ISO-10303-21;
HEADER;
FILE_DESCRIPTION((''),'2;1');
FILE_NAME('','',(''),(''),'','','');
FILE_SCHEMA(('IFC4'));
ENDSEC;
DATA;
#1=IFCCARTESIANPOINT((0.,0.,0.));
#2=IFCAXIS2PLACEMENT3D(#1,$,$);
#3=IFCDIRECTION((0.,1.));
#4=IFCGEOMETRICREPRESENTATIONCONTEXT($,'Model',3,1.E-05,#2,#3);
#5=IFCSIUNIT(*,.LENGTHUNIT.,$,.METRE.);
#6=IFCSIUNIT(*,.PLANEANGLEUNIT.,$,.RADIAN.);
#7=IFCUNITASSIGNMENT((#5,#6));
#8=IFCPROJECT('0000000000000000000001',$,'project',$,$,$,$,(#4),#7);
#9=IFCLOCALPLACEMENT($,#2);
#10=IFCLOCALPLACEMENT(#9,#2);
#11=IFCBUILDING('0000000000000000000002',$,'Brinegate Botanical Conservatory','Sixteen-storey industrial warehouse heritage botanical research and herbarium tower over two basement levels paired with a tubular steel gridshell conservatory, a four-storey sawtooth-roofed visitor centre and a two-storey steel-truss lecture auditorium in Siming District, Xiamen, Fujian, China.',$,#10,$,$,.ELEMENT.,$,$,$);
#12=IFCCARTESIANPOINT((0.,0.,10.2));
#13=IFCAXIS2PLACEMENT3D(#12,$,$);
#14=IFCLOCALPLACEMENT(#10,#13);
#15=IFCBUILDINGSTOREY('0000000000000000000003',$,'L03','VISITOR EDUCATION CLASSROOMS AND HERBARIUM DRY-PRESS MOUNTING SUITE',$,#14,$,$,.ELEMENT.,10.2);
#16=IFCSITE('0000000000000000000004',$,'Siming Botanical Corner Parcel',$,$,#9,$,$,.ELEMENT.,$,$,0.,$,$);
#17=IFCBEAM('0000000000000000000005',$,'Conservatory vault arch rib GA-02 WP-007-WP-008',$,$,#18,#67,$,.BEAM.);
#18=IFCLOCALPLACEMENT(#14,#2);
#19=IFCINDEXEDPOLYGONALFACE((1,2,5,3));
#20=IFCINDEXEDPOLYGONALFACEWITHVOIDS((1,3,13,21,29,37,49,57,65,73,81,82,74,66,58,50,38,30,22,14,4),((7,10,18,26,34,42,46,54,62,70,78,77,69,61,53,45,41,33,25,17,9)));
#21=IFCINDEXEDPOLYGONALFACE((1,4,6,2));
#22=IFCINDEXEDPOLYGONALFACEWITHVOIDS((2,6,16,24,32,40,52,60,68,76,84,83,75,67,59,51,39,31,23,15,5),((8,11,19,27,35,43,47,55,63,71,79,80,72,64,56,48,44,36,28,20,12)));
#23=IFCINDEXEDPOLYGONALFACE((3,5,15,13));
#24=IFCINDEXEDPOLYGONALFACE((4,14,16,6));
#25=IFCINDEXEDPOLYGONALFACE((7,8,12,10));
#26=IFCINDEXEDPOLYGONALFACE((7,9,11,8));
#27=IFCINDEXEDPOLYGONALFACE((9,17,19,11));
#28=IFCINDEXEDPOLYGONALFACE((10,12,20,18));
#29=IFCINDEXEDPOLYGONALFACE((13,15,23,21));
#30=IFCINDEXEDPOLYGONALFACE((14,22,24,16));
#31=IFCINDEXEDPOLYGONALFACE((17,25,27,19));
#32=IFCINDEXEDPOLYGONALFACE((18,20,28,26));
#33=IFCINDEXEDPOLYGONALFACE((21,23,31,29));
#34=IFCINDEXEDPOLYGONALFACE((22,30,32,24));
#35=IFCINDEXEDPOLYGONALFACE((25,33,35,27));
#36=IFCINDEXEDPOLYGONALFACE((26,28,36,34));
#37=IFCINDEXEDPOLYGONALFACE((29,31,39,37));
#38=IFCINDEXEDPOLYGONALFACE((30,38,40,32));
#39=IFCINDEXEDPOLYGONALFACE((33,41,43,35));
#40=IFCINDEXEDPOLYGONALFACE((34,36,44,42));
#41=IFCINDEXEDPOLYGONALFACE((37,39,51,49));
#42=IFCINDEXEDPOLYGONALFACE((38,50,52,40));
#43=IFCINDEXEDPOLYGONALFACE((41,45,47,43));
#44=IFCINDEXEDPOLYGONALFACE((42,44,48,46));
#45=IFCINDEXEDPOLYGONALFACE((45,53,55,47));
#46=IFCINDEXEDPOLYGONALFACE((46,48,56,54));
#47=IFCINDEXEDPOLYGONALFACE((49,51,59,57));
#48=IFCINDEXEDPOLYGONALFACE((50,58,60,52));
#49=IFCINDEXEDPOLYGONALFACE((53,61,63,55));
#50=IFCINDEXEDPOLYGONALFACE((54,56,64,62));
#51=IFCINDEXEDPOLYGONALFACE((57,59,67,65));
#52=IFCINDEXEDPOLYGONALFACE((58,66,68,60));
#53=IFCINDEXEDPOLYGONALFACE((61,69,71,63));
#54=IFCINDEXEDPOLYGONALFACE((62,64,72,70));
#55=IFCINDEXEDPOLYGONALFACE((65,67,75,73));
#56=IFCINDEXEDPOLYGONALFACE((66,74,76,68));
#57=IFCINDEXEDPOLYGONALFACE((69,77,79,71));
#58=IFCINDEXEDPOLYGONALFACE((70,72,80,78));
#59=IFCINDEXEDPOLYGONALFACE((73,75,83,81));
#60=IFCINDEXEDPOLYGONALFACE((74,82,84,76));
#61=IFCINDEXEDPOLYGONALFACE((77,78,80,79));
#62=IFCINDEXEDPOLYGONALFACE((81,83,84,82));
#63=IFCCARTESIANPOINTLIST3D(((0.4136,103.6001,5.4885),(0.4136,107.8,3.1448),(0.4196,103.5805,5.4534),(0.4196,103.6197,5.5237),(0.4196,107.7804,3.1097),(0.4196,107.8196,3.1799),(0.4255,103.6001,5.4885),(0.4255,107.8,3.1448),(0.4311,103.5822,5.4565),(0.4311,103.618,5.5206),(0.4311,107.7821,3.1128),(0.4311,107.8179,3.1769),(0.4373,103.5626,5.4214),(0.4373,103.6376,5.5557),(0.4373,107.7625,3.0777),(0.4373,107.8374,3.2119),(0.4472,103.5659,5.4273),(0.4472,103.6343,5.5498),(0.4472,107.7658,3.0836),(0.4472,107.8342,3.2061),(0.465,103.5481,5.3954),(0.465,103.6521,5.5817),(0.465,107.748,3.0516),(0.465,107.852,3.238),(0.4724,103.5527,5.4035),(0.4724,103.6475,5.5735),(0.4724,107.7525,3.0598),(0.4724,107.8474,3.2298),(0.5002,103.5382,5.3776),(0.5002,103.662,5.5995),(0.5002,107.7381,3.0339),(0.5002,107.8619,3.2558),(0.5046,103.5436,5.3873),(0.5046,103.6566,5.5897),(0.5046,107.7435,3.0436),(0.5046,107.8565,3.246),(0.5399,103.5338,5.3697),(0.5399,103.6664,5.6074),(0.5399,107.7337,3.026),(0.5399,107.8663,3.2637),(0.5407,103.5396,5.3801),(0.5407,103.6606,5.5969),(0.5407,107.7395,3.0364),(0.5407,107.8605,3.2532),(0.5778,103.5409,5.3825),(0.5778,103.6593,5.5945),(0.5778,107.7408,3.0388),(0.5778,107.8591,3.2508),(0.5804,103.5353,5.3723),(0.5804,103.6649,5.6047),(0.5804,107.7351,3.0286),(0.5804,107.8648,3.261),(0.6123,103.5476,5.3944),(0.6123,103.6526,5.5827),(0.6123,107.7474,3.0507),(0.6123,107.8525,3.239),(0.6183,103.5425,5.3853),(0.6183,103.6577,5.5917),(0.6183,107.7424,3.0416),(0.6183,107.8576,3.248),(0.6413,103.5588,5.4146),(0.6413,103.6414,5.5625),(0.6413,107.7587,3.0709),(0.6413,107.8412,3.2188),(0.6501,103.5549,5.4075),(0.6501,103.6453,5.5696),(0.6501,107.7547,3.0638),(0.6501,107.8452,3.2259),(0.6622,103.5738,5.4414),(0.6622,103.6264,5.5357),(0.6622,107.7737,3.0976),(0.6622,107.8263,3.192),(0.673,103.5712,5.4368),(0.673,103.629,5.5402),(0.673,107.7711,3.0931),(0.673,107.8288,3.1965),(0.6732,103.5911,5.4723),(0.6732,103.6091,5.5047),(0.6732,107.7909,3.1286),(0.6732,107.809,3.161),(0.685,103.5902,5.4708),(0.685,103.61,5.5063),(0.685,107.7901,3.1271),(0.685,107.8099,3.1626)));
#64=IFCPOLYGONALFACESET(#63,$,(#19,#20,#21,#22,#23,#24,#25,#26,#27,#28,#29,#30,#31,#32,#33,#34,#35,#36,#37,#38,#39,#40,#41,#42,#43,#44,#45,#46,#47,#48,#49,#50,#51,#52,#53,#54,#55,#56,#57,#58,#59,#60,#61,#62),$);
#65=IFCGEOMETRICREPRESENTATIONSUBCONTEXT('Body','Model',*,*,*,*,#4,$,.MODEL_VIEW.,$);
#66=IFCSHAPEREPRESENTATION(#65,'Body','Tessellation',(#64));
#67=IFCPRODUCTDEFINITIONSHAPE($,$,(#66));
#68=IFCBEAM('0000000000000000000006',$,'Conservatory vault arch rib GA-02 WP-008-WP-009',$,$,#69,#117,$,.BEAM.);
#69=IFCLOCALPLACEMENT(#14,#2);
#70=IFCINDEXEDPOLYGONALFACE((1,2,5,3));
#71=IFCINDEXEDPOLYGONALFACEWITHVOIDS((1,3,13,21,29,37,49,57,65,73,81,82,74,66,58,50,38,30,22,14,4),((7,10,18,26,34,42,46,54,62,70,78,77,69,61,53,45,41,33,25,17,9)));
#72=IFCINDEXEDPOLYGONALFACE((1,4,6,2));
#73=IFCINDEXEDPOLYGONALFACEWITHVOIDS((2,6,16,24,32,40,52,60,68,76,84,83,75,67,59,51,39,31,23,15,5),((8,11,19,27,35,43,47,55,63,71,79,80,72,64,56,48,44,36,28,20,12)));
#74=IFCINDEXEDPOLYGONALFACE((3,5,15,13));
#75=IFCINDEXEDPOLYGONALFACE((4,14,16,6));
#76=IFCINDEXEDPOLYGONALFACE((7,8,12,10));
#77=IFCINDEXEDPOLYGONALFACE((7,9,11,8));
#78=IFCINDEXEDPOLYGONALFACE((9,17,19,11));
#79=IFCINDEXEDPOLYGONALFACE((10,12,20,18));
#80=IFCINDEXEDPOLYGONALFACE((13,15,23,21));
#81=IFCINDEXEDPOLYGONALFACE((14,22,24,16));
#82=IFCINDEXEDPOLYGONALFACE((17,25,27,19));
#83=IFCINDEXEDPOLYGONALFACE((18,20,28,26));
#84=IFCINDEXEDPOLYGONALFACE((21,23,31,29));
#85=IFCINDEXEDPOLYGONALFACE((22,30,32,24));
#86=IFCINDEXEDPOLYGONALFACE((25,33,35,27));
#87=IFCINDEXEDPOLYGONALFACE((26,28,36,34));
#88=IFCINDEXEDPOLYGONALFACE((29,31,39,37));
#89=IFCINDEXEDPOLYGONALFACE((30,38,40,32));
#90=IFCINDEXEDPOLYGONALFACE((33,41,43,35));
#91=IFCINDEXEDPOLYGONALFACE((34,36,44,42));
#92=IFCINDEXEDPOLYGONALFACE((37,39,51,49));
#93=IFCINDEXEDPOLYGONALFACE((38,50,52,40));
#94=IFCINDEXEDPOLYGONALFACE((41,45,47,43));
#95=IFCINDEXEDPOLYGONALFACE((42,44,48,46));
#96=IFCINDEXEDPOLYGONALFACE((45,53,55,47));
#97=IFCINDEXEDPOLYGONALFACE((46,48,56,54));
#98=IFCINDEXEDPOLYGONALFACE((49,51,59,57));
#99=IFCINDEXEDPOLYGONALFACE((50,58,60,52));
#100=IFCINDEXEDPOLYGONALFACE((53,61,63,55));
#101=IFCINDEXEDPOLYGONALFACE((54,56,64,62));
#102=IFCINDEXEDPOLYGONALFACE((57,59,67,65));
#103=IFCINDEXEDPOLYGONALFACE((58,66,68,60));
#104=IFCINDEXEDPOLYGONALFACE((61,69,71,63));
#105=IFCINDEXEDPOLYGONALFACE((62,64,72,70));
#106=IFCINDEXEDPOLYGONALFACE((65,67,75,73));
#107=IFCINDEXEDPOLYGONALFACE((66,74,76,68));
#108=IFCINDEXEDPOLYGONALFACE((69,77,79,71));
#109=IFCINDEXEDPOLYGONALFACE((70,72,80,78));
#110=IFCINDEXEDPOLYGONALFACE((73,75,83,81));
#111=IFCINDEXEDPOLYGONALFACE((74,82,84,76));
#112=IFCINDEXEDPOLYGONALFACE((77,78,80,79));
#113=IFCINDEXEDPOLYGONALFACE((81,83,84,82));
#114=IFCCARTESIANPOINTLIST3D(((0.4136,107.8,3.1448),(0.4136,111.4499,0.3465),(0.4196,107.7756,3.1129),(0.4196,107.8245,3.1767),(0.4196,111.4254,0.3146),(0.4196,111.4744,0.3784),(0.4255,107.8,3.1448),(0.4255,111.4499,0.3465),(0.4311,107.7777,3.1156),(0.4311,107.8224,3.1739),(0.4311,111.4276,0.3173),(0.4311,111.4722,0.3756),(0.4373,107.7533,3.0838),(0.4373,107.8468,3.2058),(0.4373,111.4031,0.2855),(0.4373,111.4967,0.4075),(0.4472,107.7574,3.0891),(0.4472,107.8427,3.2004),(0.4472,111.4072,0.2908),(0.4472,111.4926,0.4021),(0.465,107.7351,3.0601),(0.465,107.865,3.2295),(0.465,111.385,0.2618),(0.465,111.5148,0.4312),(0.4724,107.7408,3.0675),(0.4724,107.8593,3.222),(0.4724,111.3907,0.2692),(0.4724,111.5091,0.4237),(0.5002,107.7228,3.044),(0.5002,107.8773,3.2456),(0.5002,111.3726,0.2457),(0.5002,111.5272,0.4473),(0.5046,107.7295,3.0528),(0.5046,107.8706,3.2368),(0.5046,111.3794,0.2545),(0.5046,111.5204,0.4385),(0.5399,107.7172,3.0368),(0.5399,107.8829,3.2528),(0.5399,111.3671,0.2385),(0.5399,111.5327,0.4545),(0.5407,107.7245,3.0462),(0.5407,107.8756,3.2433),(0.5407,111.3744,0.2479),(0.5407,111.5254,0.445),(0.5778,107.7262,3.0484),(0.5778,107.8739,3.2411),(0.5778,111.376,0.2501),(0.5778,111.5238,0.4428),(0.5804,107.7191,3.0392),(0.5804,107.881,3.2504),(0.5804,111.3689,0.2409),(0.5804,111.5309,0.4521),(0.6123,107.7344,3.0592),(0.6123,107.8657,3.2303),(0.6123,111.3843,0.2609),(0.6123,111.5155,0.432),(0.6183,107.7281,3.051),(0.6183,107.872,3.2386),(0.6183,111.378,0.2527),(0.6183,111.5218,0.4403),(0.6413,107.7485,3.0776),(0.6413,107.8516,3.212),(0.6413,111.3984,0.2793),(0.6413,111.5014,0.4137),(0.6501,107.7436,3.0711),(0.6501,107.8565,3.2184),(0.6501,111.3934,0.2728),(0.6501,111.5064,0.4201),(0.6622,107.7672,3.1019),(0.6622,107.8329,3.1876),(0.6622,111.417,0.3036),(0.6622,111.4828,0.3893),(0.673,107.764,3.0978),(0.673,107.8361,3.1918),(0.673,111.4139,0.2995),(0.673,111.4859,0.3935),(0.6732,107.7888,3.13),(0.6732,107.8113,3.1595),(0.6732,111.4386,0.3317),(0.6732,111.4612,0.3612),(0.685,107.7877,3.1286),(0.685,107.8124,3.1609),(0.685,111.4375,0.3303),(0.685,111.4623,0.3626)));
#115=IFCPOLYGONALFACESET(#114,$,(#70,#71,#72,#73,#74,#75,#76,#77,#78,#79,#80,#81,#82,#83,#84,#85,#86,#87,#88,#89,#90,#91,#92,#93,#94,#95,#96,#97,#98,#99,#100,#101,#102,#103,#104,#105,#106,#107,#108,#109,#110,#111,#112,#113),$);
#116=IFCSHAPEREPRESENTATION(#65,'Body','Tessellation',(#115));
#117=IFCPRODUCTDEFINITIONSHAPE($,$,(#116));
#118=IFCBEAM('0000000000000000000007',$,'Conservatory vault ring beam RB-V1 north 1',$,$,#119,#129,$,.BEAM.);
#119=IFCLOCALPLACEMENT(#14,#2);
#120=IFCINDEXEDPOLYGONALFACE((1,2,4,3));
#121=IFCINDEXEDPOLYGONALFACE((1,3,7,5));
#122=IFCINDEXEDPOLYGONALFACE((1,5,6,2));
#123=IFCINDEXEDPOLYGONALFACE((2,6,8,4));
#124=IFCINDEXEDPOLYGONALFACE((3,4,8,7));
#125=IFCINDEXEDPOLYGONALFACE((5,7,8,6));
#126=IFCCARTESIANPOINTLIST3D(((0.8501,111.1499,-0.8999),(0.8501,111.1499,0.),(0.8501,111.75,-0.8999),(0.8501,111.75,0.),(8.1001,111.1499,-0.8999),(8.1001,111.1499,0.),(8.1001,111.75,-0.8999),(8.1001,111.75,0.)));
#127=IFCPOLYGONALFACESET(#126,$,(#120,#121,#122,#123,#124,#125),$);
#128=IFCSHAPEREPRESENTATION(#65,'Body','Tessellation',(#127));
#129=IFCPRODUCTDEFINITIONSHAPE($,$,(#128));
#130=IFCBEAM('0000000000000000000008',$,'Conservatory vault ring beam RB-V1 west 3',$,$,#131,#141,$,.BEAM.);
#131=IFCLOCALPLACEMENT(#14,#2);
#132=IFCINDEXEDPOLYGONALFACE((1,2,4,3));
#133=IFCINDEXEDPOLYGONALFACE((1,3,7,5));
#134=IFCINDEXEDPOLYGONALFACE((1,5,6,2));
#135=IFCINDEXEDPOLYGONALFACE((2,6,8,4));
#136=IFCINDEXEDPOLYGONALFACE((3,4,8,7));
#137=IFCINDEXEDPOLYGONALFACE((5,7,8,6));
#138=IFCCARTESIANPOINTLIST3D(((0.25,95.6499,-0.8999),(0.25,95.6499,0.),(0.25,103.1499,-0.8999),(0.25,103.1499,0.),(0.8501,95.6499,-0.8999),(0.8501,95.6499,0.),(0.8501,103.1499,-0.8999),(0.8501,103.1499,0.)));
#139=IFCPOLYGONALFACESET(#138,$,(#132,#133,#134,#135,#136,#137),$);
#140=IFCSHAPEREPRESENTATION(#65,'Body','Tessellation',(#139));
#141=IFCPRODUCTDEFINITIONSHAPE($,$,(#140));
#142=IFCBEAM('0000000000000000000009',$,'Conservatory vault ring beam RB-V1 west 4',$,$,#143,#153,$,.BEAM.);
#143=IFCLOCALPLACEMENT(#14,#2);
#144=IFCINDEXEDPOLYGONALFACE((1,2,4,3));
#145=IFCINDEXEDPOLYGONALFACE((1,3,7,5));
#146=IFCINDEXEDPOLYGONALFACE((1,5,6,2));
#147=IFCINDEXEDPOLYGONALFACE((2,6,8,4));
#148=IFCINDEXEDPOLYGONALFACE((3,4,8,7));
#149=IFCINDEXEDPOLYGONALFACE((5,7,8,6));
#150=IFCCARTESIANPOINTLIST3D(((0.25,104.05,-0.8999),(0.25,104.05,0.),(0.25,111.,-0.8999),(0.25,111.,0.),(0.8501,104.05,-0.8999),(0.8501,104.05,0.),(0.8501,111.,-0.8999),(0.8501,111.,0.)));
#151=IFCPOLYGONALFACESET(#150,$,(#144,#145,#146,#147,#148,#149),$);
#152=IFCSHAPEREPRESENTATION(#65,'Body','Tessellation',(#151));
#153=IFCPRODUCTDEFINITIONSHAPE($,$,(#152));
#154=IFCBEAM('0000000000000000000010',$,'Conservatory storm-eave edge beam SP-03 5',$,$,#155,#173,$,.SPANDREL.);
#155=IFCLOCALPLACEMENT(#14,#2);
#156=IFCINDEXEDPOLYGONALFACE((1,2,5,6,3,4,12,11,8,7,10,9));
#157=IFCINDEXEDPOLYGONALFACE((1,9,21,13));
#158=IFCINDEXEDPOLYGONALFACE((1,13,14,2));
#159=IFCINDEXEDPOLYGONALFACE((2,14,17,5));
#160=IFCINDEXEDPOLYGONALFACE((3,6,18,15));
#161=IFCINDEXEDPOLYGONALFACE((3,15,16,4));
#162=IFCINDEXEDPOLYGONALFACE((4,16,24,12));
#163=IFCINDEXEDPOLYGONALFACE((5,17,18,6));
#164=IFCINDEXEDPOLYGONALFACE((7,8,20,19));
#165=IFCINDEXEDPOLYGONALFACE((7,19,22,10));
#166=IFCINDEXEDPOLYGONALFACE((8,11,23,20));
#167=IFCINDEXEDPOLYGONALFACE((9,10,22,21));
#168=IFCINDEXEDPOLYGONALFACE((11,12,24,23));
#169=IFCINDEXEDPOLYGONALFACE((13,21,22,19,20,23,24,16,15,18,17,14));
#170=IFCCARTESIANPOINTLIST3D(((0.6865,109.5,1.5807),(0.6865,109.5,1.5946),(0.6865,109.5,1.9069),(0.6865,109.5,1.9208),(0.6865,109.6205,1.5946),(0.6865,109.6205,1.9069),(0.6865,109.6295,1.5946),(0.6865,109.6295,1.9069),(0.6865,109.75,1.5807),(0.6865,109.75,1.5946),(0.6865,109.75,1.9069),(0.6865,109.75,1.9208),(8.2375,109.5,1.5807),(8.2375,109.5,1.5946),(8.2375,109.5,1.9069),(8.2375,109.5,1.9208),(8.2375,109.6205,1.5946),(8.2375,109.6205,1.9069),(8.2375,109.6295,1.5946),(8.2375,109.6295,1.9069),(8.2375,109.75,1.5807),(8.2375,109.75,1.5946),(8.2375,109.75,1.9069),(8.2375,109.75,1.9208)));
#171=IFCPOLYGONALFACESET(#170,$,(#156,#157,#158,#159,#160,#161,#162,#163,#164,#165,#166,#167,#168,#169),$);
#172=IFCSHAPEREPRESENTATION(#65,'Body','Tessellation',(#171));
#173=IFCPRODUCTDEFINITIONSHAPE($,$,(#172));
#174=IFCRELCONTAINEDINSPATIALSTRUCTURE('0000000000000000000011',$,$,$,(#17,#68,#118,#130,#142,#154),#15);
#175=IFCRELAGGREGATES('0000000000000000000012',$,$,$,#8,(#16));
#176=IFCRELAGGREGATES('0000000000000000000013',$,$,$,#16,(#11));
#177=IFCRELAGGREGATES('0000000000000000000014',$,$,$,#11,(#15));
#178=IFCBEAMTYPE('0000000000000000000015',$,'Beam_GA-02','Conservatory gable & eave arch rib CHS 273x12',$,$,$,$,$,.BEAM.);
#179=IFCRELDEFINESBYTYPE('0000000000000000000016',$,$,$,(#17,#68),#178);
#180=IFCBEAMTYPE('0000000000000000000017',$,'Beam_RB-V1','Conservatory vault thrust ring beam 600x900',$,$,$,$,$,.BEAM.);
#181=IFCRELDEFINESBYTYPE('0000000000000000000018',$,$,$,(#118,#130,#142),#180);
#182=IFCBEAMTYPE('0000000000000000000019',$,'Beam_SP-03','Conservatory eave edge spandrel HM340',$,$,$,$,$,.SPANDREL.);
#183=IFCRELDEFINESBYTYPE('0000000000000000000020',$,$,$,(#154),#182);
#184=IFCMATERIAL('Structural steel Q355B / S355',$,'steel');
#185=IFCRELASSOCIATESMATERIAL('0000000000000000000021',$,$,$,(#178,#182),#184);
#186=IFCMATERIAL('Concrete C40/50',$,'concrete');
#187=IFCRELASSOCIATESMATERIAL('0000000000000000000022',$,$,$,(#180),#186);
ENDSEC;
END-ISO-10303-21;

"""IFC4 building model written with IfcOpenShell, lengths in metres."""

from ifc_helpers import new_model, si_unit, direction, frame, origin, origin_2d, place, context, subcontext, project, spatial, rectangle, hollow_circle, i_section, extrude, material, material_profile, profile_set, type_object, element, save


model = new_model("IFC4")

# Units and contexts
model_context = context("Model", 3, precision=1e-05, world=origin(), true_north=direction((0.0, 1.0)))
body_context = subcontext(model_context, "Body", "Model", "MODEL_VIEW")
ifc_project = project(units=[si_unit("LENGTHUNIT", "METRE"), si_unit("PLANEANGLEUNIT", "RADIAN")], contexts=[model_context])

# Site, building, storey
site_placement = place(None, origin())
site = spatial("IfcSite", under=ifc_project, at=site_placement, Name="Siming Botanical Corner Parcel", CompositionType="ELEMENT", RefElevation=0.0)
building_placement = place(site_placement, origin())
building = spatial("IfcBuilding", under=site, at=building_placement, Name="Brinegate Botanical Conservatory", Description="Sixteen-storey industrial warehouse heritage botanical research and herbarium tower over two basement levels paired with a tubular steel gridshell conservatory, a four-storey sawtooth-roofed visitor centre and a two-storey steel-truss lecture auditorium in Siming District, Xiamen, Fujian, China.", CompositionType="ELEMENT")
storey_placement = place(building_placement, frame((0.0, 0.0, 10.2)))
storey = spatial("IfcBuildingStorey", under=building, at=storey_placement, Name="L03", Description="VISITOR EDUCATION CLASSROOMS AND HERBARIUM DRY-PRESS MOUNTING SUITE", CompositionType="ELEMENT", Elevation=10.2)

# Beams
ifc_material_1 = material(Name="Structural steel Q355B / S355", Category="steel")
ifc_material_profile_1 = material_profile(ifc_material_1, hollow_circle(Radius=0.1365, WallThickness=0.012, at=origin_2d()), Name="CHS 273x12")
ifc_profile_set_1 = profile_set([ifc_material_profile_1], Name="Structural steel Q355B / S355")
beam_type_1 = type_object("IfcBeamType", Name="Beam_GA-02", Description="Conservatory gable & eave arch rib CHS 273x12", PredefinedType="BEAM", material=ifc_profile_set_1)
beam_1_placement = place(storey_placement, frame((0.55, 103.6001, 5.4885), z_axis=(0.0, 0.873234, -0.487301), x_axis=(-1.0, 0.0, 0.0)))
element("IfcBeam", 1, at=beam_1_placement, inside=storey, type_object=beam_type_1, Name="Conservatory vault arch rib GA-02 WP-007-WP-008", PredefinedType="BEAM", context=body_context, shape_type="SweptSolid", body=[
    extrude(hollow_circle(Radius=0.1365, WallThickness=0.012, at=origin_2d()), origin(), (0.0, 0.0, 1.0), 4.8096),
])
beam_2_placement = place(storey_placement, frame((0.55, 107.8, 3.1448), z_axis=(0.0, 0.793598, -0.608443), x_axis=(-1.0, 0.0, 0.0)))
element("IfcBeam", 2, at=beam_2_placement, inside=storey, type_object=beam_type_1, Name="Conservatory vault arch rib GA-02 WP-008-WP-009", PredefinedType="BEAM", context=body_context, shape_type="SweptSolid", body=[
    extrude(hollow_circle(Radius=0.1365, WallThickness=0.012, at=origin_2d()), origin(), (0.0, 0.0, 1.0), 4.5991),
])
ifc_material_2 = material(Name="Concrete C40/50", Category="concrete")
ifc_material_profile_2 = material_profile(ifc_material_2, rectangle(XDim=0.6001, YDim=0.8999, at=origin_2d()), Name="RC RB 600x900")
ifc_profile_set_2 = profile_set([ifc_material_profile_2], Name="Concrete C40/50")
beam_type_2 = type_object("IfcBeamType", Name="Beam_RB-V1", Description="Conservatory vault thrust ring beam 600x900", PredefinedType="BEAM", material=ifc_profile_set_2)
beam_3_placement = place(storey_placement, frame((0.8501, 111.45, -0.45), z_axis=(1.0, 0.0, 0.0), x_axis=(0.0, 1.0, 0.0)))
element("IfcBeam", 3, at=beam_3_placement, inside=storey, type_object=beam_type_2, Name="Conservatory vault ring beam RB-V1 north 1", PredefinedType="BEAM", context=body_context, shape_type="SweptSolid", body=[
    extrude(rectangle(XDim=0.6001, YDim=0.8999, at=origin_2d()), origin(), (0.0, 0.0, 1.0), 7.25),
])
beam_4_placement = place(storey_placement, frame((0.55, 95.6499, -0.45), z_axis=(0.0, 1.0, 0.0), x_axis=(-1.0, 0.0, 0.0)))
element("IfcBeam", 4, at=beam_4_placement, inside=storey, type_object=beam_type_2, Name="Conservatory vault ring beam RB-V1 west 3", PredefinedType="BEAM", context=body_context, shape_type="SweptSolid", body=[
    extrude(rectangle(XDim=0.6001, YDim=0.8999, at=origin_2d()), origin(), (0.0, 0.0, 1.0), 7.5),
])
beam_5_placement = place(storey_placement, frame((0.55, 104.05, -0.45), z_axis=(0.0, 1.0, 0.0), x_axis=(-1.0, 0.0, 0.0)))
element("IfcBeam", 5, at=beam_5_placement, inside=storey, type_object=beam_type_2, Name="Conservatory vault ring beam RB-V1 west 4", PredefinedType="BEAM", context=body_context, shape_type="SweptSolid", body=[
    extrude(rectangle(XDim=0.6001, YDim=0.8999, at=origin_2d()), origin(), (0.0, 0.0, 1.0), 6.95),
])
ifc_material_profile_3 = material_profile(ifc_material_1, i_section(OverallWidth=0.25, OverallDepth=0.3401, WebThickness=0.009, FlangeThickness=0.0139, at=origin_2d()), Name="HM 340x250x9x14")
ifc_profile_set_3 = profile_set([ifc_material_profile_3], Name="Structural steel Q355B / S355")
beam_type_3 = type_object("IfcBeamType", Name="Beam_SP-03", Description="Conservatory eave edge spandrel HM340", PredefinedType="SPANDREL", material=ifc_profile_set_3)
beam_6_placement = place(storey_placement, frame((0.6865, 109.625, 1.7507), z_axis=(1.0, 0.0, 0.0), x_axis=(0.0, 1.0, 0.0)))
element("IfcBeam", 6, at=beam_6_placement, inside=storey, type_object=beam_type_3, Name="Conservatory storm-eave edge beam SP-03 5", PredefinedType="SPANDREL", context=body_context, shape_type="SweptSolid", body=[
    extrude(i_section(OverallWidth=0.25, OverallDepth=0.3401, WebThickness=0.009, FlangeThickness=0.0139, at=origin_2d()), origin(), (0.0, 0.0, 1.0), 7.551),
])

save(model, "model.ifc")
